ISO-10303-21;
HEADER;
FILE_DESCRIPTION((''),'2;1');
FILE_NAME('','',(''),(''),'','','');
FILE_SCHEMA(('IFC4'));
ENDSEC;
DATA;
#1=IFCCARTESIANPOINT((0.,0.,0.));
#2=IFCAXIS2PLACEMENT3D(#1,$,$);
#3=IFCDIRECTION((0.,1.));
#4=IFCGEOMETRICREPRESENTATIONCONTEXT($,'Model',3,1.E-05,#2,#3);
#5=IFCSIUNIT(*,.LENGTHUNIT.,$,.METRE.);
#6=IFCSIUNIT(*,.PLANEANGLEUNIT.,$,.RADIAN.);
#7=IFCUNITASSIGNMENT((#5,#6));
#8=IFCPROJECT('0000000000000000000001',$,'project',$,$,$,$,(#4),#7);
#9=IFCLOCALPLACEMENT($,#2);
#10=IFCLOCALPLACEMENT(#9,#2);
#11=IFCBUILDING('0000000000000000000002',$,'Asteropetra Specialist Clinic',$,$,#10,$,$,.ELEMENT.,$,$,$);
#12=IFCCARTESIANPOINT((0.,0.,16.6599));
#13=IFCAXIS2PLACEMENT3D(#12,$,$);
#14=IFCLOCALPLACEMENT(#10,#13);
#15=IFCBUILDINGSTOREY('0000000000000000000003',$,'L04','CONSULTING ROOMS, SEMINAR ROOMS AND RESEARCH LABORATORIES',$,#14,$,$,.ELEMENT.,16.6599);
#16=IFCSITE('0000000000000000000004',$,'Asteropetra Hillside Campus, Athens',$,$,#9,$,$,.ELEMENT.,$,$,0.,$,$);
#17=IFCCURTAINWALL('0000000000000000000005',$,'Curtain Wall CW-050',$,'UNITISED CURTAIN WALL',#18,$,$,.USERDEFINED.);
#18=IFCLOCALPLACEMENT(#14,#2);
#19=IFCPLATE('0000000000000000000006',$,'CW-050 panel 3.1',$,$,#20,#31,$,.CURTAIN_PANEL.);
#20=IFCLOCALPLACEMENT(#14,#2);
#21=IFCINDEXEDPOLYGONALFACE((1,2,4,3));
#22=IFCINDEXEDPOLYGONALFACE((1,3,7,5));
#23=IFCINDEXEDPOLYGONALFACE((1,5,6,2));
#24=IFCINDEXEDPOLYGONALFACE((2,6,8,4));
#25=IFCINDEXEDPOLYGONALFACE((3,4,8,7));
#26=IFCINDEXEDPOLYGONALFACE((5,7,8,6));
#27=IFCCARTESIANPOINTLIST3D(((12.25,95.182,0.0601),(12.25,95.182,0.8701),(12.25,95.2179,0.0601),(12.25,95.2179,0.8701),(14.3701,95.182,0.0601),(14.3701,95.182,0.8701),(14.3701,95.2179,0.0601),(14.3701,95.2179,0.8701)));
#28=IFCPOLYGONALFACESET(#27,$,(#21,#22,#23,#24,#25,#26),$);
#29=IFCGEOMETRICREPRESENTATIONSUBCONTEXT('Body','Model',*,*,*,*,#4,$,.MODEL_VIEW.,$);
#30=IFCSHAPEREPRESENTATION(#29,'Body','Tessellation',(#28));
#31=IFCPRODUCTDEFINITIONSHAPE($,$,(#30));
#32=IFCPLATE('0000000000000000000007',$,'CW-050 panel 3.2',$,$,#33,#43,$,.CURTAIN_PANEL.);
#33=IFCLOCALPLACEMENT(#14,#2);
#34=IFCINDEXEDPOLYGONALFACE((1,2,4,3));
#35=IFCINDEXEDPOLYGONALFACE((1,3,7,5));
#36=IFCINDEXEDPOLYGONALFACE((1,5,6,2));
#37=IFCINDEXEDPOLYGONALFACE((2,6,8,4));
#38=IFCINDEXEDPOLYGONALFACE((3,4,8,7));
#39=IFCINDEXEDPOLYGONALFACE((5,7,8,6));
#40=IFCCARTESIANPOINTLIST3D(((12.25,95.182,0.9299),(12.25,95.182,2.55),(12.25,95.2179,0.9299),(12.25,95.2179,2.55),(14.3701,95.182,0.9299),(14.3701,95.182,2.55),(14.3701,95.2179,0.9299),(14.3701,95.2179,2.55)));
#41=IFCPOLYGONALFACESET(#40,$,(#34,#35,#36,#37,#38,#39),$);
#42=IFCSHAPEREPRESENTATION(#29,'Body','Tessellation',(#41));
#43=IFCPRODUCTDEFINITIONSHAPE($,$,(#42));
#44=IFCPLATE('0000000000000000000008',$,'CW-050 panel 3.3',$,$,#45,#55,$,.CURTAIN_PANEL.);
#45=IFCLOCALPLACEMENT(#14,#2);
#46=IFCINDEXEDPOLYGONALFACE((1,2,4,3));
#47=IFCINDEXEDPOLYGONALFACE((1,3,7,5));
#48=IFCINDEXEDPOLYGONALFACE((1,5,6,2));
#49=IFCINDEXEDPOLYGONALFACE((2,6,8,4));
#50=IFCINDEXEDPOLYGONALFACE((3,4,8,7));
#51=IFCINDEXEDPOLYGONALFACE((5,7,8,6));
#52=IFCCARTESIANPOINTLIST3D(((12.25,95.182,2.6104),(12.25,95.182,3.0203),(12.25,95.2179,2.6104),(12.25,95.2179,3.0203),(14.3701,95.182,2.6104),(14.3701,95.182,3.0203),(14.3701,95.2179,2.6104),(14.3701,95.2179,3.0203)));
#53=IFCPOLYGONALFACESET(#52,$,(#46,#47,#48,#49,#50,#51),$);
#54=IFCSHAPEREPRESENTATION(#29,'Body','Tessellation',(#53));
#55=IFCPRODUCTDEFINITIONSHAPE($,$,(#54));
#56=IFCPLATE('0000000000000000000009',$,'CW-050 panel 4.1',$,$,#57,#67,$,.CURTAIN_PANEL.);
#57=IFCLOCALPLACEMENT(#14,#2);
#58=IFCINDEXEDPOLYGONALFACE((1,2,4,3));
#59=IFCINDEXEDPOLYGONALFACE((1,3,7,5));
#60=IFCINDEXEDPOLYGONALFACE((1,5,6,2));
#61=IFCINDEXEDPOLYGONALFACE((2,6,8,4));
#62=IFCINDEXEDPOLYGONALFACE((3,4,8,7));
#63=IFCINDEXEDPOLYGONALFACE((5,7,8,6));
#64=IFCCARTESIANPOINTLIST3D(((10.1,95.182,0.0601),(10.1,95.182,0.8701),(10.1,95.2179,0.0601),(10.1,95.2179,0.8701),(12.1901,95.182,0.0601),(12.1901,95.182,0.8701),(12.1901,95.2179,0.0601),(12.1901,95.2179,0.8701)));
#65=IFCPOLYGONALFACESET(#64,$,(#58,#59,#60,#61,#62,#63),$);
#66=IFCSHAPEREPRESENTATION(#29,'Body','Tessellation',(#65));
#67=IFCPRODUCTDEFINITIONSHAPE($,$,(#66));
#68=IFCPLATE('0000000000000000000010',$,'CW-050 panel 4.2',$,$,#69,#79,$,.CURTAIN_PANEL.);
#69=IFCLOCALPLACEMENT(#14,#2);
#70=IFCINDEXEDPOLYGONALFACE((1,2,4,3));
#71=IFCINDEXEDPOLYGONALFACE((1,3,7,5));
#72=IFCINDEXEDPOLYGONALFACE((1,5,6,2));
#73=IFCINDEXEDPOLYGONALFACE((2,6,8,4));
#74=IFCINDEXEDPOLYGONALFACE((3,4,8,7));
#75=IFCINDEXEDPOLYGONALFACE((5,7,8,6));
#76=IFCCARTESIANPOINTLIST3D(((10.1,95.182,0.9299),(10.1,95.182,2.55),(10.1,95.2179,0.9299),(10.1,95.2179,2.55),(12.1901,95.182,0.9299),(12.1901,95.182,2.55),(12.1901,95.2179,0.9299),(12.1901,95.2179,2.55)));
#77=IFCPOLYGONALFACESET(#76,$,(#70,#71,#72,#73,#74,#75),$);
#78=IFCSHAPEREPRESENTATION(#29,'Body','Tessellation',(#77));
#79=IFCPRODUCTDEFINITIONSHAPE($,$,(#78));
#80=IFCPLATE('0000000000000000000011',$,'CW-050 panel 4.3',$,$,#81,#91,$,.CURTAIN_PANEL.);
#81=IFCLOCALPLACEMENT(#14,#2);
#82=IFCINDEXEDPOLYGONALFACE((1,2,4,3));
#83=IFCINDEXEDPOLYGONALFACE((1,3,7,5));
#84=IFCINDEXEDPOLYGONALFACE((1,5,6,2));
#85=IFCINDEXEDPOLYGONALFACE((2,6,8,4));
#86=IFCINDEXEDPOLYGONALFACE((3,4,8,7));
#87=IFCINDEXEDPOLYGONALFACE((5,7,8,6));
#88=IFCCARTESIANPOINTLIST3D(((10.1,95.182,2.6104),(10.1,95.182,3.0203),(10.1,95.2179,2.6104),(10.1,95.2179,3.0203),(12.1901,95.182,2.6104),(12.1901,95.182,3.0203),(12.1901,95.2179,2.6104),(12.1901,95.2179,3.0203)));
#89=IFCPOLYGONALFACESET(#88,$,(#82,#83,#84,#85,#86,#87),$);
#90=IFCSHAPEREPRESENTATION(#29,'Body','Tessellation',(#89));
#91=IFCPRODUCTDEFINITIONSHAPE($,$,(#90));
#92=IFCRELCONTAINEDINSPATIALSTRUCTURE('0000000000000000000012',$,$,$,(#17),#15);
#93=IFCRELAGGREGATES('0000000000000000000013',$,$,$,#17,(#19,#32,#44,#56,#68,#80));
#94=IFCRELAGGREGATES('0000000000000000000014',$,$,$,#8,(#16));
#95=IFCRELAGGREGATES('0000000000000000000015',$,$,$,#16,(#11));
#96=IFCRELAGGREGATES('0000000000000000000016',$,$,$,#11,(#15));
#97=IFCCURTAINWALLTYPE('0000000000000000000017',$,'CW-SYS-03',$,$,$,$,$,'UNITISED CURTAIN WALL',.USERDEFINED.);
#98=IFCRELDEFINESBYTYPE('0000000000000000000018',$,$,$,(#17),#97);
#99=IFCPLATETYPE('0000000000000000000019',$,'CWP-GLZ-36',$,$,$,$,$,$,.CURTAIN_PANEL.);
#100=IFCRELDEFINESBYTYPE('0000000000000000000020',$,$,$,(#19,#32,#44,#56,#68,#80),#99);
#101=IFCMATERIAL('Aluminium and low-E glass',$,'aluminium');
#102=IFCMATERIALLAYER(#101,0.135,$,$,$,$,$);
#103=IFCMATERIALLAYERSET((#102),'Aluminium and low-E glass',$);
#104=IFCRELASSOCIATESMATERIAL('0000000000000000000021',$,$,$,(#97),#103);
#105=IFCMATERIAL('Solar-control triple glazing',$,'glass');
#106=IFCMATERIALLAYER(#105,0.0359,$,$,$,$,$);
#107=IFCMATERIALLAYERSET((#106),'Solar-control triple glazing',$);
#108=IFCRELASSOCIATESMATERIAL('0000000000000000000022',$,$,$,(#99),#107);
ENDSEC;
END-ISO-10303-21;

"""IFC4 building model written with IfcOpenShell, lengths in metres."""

from ifc_helpers import new_model, si_unit, direction, frame, origin, origin_2d, place, context, subcontext, project, spatial, rectangle, extrude, material, layer, layer_set, type_object, element, aggregate, save


model = new_model("IFC4")

# Units and contexts
model_context = context("Model", 3, precision=1e-05, world=origin(), true_north=direction((0.0, 1.0)))
body_context = subcontext(model_context, "Body", "Model", "MODEL_VIEW")
ifc_project = project(units=[si_unit("LENGTHUNIT", "METRE"), si_unit("PLANEANGLEUNIT", "RADIAN")], contexts=[model_context])

# Site, building, storey
site_placement = place(None, origin())
site = spatial("IfcSite", under=ifc_project, at=site_placement, Name="Asteropetra Hillside Campus, Athens", CompositionType="ELEMENT", RefElevation=0.0)
building_placement = place(site_placement, origin())
building = spatial("IfcBuilding", under=site, at=building_placement, Name="Asteropetra Specialist Clinic", CompositionType="ELEMENT")
storey_placement = place(building_placement, frame((0.0, 0.0, 16.6599)))
storey = spatial("IfcBuildingStorey", under=building, at=storey_placement, Name="L04", Description="CONSULTING ROOMS, SEMINAR ROOMS AND RESEARCH LABORATORIES", CompositionType="ELEMENT", Elevation=16.6599)

# Curtain wall
ifc_material_1 = material(Name="Aluminium and low-E glass", Category="aluminium")
ifc_layer_1 = layer(ifc_material_1, 0.135)
ifc_layer_set_1 = layer_set([ifc_layer_1], Name="Aluminium and low-E glass")
curtain_wall_type_1 = type_object("IfcCurtainWallType", Name="CW-SYS-03", ElementType="UNITISED CURTAIN WALL", PredefinedType="USERDEFINED", material=ifc_layer_set_1)
curtain_wall_1_placement = place(storey_placement, origin())
curtain_wall_1 = element("IfcCurtainWall", 1, at=curtain_wall_1_placement, inside=storey, type_object=curtain_wall_type_1, Name="Curtain Wall CW-050", ObjectType="UNITISED CURTAIN WALL", PredefinedType="USERDEFINED")

# Plates
ifc_material_2 = material(Name="Solar-control triple glazing", Category="glass")
ifc_layer_2 = layer(ifc_material_2, 0.0359)
ifc_layer_set_2 = layer_set([ifc_layer_2], Name="Solar-control triple glazing")
plate_type = type_object("IfcPlateType", Name="CWP-GLZ-36", PredefinedType="CURTAIN_PANEL", material=ifc_layer_set_2)
plate_1_placement = place(storey_placement, frame((13.3101, 95.2, 0.0601), z_axis=(0.0, 0.0, 1.0), x_axis=(-1.0, 0.0, 0.0)))
plate_1 = element("IfcPlate", 2, at=plate_1_placement, type_object=plate_type, Name="CW-050 panel 3.1", PredefinedType="CURTAIN_PANEL", context=body_context, shape_type="SweptSolid", body=[
    extrude(rectangle(XDim=2.1201, YDim=0.0359, at=origin_2d()), origin(), (0.0, 0.0, 1.0), 0.8101),
])
plate_2_placement = place(storey_placement, frame((13.3101, 95.2, 0.9299), z_axis=(0.0, 0.0, 1.0), x_axis=(-1.0, 0.0, 0.0)))
plate_2 = element("IfcPlate", 3, at=plate_2_placement, type_object=plate_type, Name="CW-050 panel 3.2", PredefinedType="CURTAIN_PANEL", context=body_context, shape_type="SweptSolid", body=[
    extrude(rectangle(XDim=2.1201, YDim=0.0359, at=origin_2d()), origin(), (0.0, 0.0, 1.0), 1.6201),
])
plate_3_placement = place(storey_placement, frame((13.3101, 95.2, 2.6104), z_axis=(0.0, 0.0, 1.0), x_axis=(-1.0, 0.0, 0.0)))
plate_3 = element("IfcPlate", 4, at=plate_3_placement, type_object=plate_type, Name="CW-050 panel 3.3", PredefinedType="CURTAIN_PANEL", context=body_context, shape_type="SweptSolid", body=[
    extrude(rectangle(XDim=2.1201, YDim=0.0359, at=origin_2d()), origin(), (0.0, 0.0, 1.0), 0.4099),
])
plate_4_placement = place(storey_placement, frame((11.145, 95.2, 0.0601), z_axis=(0.0, 0.0, 1.0), x_axis=(-1.0, 0.0, 0.0)))
plate_4 = element("IfcPlate", 5, at=plate_4_placement, type_object=plate_type, Name="CW-050 panel 4.1", PredefinedType="CURTAIN_PANEL", context=body_context, shape_type="SweptSolid", body=[
    extrude(rectangle(XDim=2.0901, YDim=0.0359, at=origin_2d()), origin(), (0.0, 0.0, 1.0), 0.8101),
])
plate_5_placement = place(storey_placement, frame((11.145, 95.2, 0.9299), z_axis=(0.0, 0.0, 1.0), x_axis=(-1.0, 0.0, 0.0)))
plate_5 = element("IfcPlate", 6, at=plate_5_placement, type_object=plate_type, Name="CW-050 panel 4.2", PredefinedType="CURTAIN_PANEL", context=body_context, shape_type="SweptSolid", body=[
    extrude(rectangle(XDim=2.0901, YDim=0.0359, at=origin_2d()), origin(), (0.0, 0.0, 1.0), 1.6201),
])
plate_6_placement = place(storey_placement, frame((11.145, 95.2, 2.6104), z_axis=(0.0, 0.0, 1.0), x_axis=(-1.0, 0.0, 0.0)))
plate_6 = element("IfcPlate", 7, at=plate_6_placement, type_object=plate_type, Name="CW-050 panel 4.3", PredefinedType="CURTAIN_PANEL", context=body_context, shape_type="SweptSolid", body=[
    extrude(rectangle(XDim=2.0901, YDim=0.0359, at=origin_2d()), origin(), (0.0, 0.0, 1.0), 0.4099),
])
aggregate(curtain_wall_1, [plate_1, plate_2, plate_3, plate_4, plate_5, plate_6])

save(model, "model.ifc")
